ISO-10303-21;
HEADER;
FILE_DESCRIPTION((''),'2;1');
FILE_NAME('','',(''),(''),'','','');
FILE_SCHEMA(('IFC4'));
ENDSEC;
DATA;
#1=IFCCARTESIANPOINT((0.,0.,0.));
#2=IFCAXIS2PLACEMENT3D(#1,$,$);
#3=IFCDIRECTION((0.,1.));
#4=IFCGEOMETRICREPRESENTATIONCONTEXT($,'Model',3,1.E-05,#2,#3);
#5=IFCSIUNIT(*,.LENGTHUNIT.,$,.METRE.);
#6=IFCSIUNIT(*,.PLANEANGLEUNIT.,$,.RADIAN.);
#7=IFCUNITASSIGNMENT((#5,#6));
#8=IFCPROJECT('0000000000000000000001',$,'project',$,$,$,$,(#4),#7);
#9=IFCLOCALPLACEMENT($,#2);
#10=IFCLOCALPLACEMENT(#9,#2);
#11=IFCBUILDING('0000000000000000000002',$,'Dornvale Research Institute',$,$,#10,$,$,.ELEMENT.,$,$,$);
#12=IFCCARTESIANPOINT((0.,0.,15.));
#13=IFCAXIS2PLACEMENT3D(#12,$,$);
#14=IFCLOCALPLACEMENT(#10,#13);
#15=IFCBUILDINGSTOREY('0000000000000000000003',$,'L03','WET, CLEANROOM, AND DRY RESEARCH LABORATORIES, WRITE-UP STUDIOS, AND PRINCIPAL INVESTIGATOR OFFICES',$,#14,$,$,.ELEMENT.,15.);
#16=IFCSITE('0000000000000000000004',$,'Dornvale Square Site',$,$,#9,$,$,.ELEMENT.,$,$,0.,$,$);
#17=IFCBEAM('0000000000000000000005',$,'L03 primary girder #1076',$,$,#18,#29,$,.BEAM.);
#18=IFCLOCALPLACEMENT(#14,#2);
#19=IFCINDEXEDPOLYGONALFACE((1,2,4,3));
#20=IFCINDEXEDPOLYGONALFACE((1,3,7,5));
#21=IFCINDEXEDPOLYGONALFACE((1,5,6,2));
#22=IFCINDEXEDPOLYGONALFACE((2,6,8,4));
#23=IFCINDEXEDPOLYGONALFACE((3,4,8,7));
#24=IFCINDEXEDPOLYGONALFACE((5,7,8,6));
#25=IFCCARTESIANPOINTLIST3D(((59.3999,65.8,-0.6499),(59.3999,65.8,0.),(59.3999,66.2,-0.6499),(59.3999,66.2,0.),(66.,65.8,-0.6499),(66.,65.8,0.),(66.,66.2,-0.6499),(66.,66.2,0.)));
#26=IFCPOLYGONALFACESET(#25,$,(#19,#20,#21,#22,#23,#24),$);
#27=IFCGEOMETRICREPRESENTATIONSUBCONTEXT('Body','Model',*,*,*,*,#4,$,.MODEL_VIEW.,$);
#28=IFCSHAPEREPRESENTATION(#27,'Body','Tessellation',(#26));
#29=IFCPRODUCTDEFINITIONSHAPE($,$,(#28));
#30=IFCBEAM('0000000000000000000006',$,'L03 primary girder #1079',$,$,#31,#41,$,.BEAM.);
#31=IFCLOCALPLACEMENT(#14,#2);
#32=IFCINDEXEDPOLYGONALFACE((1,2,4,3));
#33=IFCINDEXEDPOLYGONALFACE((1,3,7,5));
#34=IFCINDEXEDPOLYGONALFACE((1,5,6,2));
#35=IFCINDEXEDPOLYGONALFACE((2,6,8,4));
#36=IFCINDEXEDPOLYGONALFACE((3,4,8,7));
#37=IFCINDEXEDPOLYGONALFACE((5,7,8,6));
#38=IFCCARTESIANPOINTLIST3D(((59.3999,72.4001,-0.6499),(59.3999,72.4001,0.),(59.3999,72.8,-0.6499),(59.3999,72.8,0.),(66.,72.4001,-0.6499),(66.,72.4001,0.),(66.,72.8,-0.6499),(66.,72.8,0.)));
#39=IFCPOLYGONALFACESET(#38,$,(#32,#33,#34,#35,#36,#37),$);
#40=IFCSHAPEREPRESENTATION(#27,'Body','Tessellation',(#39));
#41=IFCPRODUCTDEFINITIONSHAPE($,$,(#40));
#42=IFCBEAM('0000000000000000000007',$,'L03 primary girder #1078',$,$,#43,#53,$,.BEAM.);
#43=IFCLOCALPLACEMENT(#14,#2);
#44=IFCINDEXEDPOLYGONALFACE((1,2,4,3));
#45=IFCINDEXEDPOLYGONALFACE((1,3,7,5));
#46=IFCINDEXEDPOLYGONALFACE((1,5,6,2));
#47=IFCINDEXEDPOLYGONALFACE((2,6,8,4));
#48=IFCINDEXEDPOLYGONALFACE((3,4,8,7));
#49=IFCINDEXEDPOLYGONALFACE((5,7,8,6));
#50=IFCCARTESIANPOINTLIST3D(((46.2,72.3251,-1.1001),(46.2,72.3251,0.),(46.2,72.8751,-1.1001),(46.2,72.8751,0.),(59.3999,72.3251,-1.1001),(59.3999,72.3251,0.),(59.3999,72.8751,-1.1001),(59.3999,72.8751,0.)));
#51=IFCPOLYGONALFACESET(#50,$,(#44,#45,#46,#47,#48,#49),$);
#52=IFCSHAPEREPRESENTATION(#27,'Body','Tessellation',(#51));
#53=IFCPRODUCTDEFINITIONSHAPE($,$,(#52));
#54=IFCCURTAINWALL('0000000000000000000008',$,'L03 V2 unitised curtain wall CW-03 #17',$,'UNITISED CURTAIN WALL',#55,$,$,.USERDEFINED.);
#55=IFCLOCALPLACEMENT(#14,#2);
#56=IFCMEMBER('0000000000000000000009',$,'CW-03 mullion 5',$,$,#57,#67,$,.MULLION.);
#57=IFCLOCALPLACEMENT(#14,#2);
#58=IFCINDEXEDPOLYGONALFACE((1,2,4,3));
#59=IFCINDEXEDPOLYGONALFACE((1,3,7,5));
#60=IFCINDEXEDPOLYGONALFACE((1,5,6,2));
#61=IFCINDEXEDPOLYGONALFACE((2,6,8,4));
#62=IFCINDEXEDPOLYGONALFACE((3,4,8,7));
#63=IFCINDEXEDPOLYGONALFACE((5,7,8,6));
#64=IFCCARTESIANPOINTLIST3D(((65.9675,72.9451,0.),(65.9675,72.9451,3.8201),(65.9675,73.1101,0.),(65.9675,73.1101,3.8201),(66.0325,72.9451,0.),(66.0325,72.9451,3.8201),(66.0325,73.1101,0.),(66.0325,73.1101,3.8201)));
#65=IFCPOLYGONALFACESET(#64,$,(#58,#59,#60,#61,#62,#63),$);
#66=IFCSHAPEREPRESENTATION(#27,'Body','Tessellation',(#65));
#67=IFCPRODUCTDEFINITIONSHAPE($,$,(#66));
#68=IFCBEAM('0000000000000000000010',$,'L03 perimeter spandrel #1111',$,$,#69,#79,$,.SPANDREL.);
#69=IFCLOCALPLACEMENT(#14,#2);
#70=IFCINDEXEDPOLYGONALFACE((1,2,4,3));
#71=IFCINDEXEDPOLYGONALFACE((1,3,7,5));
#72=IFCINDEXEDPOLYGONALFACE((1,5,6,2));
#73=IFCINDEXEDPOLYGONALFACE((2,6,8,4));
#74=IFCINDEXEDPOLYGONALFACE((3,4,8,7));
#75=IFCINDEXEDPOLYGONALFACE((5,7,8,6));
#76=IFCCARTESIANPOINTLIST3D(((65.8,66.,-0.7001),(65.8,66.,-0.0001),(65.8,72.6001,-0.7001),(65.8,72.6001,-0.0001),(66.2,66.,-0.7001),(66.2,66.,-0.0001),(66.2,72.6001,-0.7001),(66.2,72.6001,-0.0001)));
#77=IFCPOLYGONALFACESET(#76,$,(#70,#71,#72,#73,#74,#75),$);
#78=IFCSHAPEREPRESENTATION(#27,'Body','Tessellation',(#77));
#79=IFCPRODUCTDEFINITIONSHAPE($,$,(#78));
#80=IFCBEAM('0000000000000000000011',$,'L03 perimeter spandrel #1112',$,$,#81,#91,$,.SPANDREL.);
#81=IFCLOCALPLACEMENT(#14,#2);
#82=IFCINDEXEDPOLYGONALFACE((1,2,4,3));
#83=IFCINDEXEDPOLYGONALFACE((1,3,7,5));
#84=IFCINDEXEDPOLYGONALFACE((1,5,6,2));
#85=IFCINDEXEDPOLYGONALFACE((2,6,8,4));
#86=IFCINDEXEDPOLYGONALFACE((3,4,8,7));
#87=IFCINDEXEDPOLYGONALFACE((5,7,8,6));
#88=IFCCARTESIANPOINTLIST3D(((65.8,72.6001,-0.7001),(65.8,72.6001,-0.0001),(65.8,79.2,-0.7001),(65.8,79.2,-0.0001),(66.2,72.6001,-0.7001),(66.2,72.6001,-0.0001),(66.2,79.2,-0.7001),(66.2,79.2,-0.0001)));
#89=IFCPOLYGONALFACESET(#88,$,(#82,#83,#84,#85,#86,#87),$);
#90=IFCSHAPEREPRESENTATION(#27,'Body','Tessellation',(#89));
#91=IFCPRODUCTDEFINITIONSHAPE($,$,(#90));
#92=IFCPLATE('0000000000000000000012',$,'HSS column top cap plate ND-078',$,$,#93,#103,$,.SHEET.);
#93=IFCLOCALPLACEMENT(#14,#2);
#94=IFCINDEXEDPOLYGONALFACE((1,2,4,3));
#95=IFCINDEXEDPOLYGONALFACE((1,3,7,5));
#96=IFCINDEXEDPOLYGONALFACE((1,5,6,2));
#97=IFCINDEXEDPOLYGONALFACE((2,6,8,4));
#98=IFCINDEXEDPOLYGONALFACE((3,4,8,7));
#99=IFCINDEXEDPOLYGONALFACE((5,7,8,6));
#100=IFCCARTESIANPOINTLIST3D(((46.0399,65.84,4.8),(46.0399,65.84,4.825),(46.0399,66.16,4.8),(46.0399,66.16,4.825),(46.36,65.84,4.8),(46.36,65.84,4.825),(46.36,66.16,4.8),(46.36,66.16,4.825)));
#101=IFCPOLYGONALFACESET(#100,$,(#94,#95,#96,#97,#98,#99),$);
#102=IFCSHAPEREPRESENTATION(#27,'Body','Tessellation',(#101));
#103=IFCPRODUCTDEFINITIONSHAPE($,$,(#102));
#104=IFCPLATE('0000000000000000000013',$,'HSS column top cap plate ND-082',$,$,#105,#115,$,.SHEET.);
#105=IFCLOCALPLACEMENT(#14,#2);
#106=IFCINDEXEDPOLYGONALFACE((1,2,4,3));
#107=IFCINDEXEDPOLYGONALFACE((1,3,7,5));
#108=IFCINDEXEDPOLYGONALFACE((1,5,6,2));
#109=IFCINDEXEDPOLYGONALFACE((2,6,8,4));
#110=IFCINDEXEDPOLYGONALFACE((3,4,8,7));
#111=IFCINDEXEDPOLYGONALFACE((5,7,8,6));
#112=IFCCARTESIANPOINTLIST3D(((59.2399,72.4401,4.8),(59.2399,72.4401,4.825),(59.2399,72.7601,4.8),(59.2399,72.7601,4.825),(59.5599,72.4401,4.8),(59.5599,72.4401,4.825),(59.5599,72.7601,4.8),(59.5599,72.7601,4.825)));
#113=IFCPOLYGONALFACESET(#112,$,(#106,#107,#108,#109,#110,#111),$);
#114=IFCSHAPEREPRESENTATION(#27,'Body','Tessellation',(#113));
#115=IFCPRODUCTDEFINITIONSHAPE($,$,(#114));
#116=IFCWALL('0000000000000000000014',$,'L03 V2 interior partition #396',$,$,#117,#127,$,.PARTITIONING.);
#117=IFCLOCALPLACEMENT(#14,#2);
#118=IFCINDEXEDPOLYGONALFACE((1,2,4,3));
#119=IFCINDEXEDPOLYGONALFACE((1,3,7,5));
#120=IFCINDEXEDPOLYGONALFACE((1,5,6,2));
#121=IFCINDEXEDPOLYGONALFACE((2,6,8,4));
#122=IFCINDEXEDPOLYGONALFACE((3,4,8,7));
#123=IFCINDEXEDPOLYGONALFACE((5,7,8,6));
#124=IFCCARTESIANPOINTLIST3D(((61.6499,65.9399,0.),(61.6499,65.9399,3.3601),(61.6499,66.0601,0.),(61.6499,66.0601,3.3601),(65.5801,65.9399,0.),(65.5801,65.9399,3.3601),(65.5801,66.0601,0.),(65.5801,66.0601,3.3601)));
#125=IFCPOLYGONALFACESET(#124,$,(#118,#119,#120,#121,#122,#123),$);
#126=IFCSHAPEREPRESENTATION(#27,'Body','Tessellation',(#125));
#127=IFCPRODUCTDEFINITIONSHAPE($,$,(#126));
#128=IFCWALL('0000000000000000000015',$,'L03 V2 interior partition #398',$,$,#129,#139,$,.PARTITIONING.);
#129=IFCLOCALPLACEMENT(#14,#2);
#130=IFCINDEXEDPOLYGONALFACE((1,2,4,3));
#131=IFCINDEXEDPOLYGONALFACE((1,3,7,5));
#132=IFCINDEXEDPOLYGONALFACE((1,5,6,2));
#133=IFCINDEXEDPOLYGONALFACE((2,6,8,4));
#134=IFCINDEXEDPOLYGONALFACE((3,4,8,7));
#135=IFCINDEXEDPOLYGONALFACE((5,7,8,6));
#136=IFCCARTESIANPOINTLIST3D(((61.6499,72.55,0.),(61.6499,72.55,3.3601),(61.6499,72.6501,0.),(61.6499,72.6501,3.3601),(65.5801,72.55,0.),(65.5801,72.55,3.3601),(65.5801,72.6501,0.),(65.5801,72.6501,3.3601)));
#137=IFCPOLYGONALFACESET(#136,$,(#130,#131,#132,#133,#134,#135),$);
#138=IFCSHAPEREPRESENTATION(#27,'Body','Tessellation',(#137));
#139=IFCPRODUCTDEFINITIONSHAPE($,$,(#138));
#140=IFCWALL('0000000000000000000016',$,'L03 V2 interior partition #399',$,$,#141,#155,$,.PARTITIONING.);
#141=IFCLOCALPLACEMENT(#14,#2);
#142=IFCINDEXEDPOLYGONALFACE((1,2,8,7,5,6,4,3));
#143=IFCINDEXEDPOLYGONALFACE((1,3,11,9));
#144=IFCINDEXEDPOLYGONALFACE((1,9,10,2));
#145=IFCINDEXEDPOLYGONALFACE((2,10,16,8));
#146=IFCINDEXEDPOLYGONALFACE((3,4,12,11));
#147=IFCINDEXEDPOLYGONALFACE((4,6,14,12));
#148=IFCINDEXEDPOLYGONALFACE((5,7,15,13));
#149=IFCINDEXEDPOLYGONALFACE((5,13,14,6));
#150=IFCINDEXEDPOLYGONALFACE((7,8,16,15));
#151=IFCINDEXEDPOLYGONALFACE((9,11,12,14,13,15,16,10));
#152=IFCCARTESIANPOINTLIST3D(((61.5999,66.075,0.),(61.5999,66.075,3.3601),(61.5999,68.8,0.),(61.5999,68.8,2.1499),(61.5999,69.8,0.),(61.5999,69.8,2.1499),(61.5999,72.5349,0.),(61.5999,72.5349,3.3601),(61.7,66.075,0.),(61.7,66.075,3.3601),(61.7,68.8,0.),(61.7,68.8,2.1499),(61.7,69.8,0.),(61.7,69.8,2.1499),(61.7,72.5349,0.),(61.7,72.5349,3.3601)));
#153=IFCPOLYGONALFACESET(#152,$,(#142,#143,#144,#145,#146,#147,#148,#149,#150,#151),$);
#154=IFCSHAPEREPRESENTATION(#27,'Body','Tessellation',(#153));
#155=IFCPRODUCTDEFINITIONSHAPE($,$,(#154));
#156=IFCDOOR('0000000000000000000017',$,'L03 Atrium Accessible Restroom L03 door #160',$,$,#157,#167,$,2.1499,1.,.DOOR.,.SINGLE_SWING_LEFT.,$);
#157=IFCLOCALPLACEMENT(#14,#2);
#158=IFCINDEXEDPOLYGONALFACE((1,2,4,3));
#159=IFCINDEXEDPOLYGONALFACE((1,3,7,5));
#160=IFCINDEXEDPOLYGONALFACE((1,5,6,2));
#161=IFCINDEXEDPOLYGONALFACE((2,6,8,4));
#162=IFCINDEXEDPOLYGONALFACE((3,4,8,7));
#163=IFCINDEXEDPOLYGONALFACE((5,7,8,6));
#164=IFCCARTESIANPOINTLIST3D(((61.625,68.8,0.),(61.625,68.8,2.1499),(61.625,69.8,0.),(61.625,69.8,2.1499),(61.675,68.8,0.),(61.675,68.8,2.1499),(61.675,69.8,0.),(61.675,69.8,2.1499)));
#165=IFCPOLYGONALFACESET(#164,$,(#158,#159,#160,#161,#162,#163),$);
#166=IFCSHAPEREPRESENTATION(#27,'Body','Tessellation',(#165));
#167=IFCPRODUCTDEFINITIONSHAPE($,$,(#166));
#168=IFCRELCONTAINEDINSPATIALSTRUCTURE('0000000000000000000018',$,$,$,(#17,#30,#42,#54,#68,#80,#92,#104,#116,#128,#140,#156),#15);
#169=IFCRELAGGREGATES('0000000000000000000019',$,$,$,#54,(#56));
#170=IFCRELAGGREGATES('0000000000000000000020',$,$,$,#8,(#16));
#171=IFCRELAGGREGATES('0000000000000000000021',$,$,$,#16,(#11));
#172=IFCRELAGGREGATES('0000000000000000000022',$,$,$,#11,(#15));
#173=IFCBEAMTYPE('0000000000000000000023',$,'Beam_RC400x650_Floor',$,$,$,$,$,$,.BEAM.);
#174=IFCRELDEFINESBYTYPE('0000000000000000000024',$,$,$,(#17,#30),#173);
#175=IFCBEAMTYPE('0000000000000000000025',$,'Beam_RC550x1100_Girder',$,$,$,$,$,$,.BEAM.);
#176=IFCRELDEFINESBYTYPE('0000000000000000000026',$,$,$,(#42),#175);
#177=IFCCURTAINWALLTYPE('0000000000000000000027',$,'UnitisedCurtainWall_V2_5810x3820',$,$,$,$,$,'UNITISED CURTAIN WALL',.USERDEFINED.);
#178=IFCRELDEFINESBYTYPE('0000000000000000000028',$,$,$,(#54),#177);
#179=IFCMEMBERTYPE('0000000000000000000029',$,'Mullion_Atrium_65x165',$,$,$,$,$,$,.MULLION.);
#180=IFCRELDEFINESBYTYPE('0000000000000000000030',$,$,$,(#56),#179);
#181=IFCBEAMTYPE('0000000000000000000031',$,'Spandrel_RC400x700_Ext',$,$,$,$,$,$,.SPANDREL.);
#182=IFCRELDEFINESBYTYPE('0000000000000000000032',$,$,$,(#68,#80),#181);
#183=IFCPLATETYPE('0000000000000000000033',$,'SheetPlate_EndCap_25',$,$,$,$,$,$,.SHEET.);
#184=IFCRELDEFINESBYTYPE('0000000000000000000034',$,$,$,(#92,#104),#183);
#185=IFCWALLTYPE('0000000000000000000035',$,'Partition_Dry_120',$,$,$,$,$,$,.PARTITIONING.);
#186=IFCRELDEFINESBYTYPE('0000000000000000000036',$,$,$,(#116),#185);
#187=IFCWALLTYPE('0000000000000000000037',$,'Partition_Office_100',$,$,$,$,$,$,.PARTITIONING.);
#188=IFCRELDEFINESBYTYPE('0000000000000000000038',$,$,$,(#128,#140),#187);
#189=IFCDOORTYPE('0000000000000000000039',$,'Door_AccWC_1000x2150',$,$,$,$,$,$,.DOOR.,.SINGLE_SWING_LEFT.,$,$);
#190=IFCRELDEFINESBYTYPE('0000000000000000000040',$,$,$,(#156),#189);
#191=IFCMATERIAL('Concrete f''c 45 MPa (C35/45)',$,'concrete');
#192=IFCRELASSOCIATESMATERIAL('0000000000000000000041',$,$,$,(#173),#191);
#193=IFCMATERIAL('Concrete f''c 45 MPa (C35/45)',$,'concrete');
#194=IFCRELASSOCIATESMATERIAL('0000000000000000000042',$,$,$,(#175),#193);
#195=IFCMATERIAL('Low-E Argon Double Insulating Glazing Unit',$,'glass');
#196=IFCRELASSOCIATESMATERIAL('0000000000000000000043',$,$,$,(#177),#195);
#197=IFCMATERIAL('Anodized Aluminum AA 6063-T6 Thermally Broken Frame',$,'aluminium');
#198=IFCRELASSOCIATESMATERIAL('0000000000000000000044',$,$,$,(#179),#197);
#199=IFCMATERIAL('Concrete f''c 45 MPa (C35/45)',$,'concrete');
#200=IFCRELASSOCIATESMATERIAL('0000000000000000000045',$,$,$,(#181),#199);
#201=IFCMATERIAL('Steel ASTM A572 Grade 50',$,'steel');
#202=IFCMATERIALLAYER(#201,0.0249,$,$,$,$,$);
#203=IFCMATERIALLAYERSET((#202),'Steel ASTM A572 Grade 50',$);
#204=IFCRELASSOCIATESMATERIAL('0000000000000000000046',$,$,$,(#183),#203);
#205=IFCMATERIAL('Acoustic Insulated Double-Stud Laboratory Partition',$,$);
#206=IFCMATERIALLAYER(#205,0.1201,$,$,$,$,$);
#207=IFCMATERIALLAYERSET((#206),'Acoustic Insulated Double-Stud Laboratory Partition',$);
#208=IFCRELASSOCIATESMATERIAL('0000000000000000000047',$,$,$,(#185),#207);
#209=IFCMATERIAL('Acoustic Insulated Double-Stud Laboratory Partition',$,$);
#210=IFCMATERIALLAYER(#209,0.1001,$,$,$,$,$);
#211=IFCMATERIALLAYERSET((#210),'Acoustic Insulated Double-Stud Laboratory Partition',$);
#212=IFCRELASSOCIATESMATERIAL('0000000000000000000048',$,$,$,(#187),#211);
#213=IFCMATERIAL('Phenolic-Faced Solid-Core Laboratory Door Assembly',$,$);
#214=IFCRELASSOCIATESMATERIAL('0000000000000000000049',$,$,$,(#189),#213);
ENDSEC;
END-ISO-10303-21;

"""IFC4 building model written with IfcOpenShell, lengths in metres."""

from ifc_helpers import new_model, si_unit, direction, frame, frame_2d, origin, origin_2d, place, context, subcontext, project, spatial, rectangle, extrude, material, layer, layer_set, material_profile, profile_set, type_object, element, fill, aggregate, save


model = new_model("IFC4")

# Units and contexts
model_context = context("Model", 3, precision=1e-05, world=origin(), true_north=direction((0.0, 1.0)))
body_context = subcontext(model_context, "Body", "Model", "MODEL_VIEW")
ifc_project = project(units=[si_unit("LENGTHUNIT", "METRE"), si_unit("PLANEANGLEUNIT", "RADIAN")], contexts=[model_context])

# Site, building, storey
site_placement = place(None, origin())
site = spatial("IfcSite", under=ifc_project, at=site_placement, Name="Dornvale Square Site", CompositionType="ELEMENT", RefElevation=0.0)
building_placement = place(site_placement, origin())
building = spatial("IfcBuilding", under=site, at=building_placement, Name="Dornvale Research Institute", CompositionType="ELEMENT")
storey_placement = place(building_placement, frame((0.0, 0.0, 15.0)))
storey = spatial("IfcBuildingStorey", under=building, at=storey_placement, Name="L03", Description="WET, CLEANROOM, AND DRY RESEARCH LABORATORIES, WRITE-UP STUDIOS, AND PRINCIPAL INVESTIGATOR OFFICES", CompositionType="ELEMENT", Elevation=15.0)

# Beams
ifc_material_1 = material(Name="Concrete f'c 45 MPa (C35/45)", Category="concrete")
ifc_material_profile_1 = material_profile(ifc_material_1, rectangle(XDim=0.3999, YDim=0.6499, at=origin_2d()), Name="RC 400x650")
ifc_profile_set_1 = profile_set([ifc_material_profile_1], Name="Concrete f'c 45 MPa (C35/45)")
beam_type_1 = type_object("IfcBeamType", Name="Beam_RC400x650_Floor", PredefinedType="BEAM", material=ifc_profile_set_1)
for number, where, z_axis, x_axis, name in (
    (1, (59.3999, 66.0, -0.325), (1.0, 0.0, 0.0), (0.0, 1.0, 0.0), "L03 primary girder #1076"),
    (2, (59.3999, 72.6001, -0.325), (1.0, 0.0, 0.0), (0.0, 1.0, 0.0), "L03 primary girder #1079"),
):
    element("IfcBeam", number, at=place(storey_placement, frame(where, z_axis=z_axis, x_axis=x_axis)), inside=storey, type_object=beam_type_1, Name=name, PredefinedType="BEAM", context=body_context, shape_type="SweptSolid", body=[
        extrude(rectangle(XDim=0.3999, YDim=0.6499, at=origin_2d()), origin(), (0.0, 0.0, 1.0), 6.6001),
    ])
ifc_material_2 = material(Name="Concrete f'c 45 MPa (C35/45)", Category="concrete")
ifc_material_profile_2 = material_profile(ifc_material_2, rectangle(XDim=0.55, YDim=1.1001, at=origin_2d()), Name="RC 550x1100")
ifc_profile_set_2 = profile_set([ifc_material_profile_2], Name="Concrete f'c 45 MPa (C35/45)")
beam_type_2 = type_object("IfcBeamType", Name="Beam_RC550x1100_Girder", PredefinedType="BEAM", material=ifc_profile_set_2)
beam_1_placement = place(storey_placement, frame((46.2, 72.6001, -0.55), z_axis=(1.0, 0.0, 0.0), x_axis=(0.0, 1.0, 0.0)))
element("IfcBeam", 3, at=beam_1_placement, inside=storey, type_object=beam_type_2, Name="L03 primary girder #1078", PredefinedType="BEAM", context=body_context, shape_type="SweptSolid", body=[
    extrude(rectangle(XDim=0.55, YDim=1.1001, at=origin_2d()), origin(), (0.0, 0.0, 1.0), 13.2),
])

# Curtain wall, member
ifc_material_3 = material(Name="Low-E Argon Double Insulating Glazing Unit", Category="glass")
curtain_wall_type = type_object("IfcCurtainWallType", Name="UnitisedCurtainWall_V2_5810x3820", ElementType="UNITISED CURTAIN WALL", PredefinedType="USERDEFINED", material=ifc_material_3)
curtain_wall_placement = place(storey_placement, origin())
curtain_wall = element("IfcCurtainWall", 4, at=curtain_wall_placement, inside=storey, type_object=curtain_wall_type, Name="L03 V2 unitised curtain wall CW-03 #17", ObjectType="UNITISED CURTAIN WALL", PredefinedType="USERDEFINED")
ifc_material_4 = material(Name="Anodized Aluminum AA 6063-T6 Thermally Broken Frame", Category="aluminium")
ifc_material_profile_3 = material_profile(ifc_material_4, rectangle(XDim=0.0649, YDim=0.165, at=origin_2d()), Name="ALU MULLION 65x165")
ifc_profile_set_3 = profile_set([ifc_material_profile_3], Name="Anodized Aluminum AA 6063-T6 Thermally Broken Frame")
member_type = type_object("IfcMemberType", Name="Mullion_Atrium_65x165", PredefinedType="MULLION", material=ifc_profile_set_3)
member_placement = place(storey_placement, frame((66.0, 73.0276, 0.0), z_axis=(0.0, 0.0, 1.0), x_axis=(1.0, 0.0, 0.0)))
member = element("IfcMember", 5, at=member_placement, type_object=member_type, Name="CW-03 mullion 5", PredefinedType="MULLION", context=body_context, shape_type="SweptSolid", body=[
    extrude(rectangle(XDim=0.0649, YDim=0.165, at=origin_2d()), origin(), (0.0, 0.0, 1.0), 3.8201),
])
aggregate(curtain_wall, [member])

# Beams
ifc_material_5 = material(Name="Concrete f'c 45 MPa (C35/45)", Category="concrete")
ifc_material_profile_4 = material_profile(ifc_material_5, rectangle(XDim=0.3999, YDim=0.7, at=origin_2d()), Name="RC 400x700")
ifc_profile_set_4 = profile_set([ifc_material_profile_4], Name="Concrete f'c 45 MPa (C35/45)")
beam_type_3 = type_object("IfcBeamType", Name="Spandrel_RC400x700_Ext", PredefinedType="SPANDREL", material=ifc_profile_set_4)
beam_2_placement = place(storey_placement, frame((66.0, 66.0, -0.3501), z_axis=(0.0, 1.0, 0.0), x_axis=(-1.0, 0.0, 0.0)))
element("IfcBeam", 6, at=beam_2_placement, inside=storey, type_object=beam_type_3, Name="L03 perimeter spandrel #1111", PredefinedType="SPANDREL", context=body_context, shape_type="SweptSolid", body=[
    extrude(rectangle(XDim=0.3999, YDim=0.7, at=origin_2d()), origin(), (0.0, 0.0, 1.0), 6.6001),
])
beam_3_placement = place(storey_placement, frame((66.0, 72.6001, -0.3501), z_axis=(0.0, 1.0, 0.0), x_axis=(-1.0, 0.0, 0.0)))
element("IfcBeam", 7, at=beam_3_placement, inside=storey, type_object=beam_type_3, Name="L03 perimeter spandrel #1112", PredefinedType="SPANDREL", context=body_context, shape_type="SweptSolid", body=[
    extrude(rectangle(XDim=0.3999, YDim=0.7, at=origin_2d()), origin(), (0.0, 0.0, 1.0), 6.5999),
])

# Plates
ifc_material_6 = material(Name="Steel ASTM A572 Grade 50", Category="steel")
ifc_layer_1 = layer(ifc_material_6, 0.0249)
ifc_layer_set_1 = layer_set([ifc_layer_1], Name="Steel ASTM A572 Grade 50")
plate_type = type_object("IfcPlateType", Name="SheetPlate_EndCap_25", PredefinedType="SHEET", material=ifc_layer_set_1)
for number, where, z_axis, x_axis, name in (
    (8, (46.2, 66.0, 4.8), (0.0, 0.0, 1.0), (1.0, 0.0, 0.0), "HSS column top cap plate ND-078"),
    (9, (59.3999, 72.6001, 4.8), (0.0, 0.0, 1.0), (1.0, 0.0, 0.0), "HSS column top cap plate ND-082"),
):
    element("IfcPlate", number, at=place(storey_placement, frame(where, z_axis=z_axis, x_axis=x_axis)), inside=storey, type_object=plate_type, Name=name, PredefinedType="SHEET", context=body_context, shape_type="SweptSolid", body=[
        extrude(rectangle(XDim=0.3201, YDim=0.3201, at=origin_2d()), origin(), (0.0, 0.0, 1.0), 0.0249),
    ])

# Walls
ifc_material_7 = material(Name="Acoustic Insulated Double-Stud Laboratory Partition")
ifc_layer_2 = layer(ifc_material_7, 0.1201)
ifc_layer_set_2 = layer_set([ifc_layer_2], Name="Acoustic Insulated Double-Stud Laboratory Partition")
wall_type_1 = type_object("IfcWallType", Name="Partition_Dry_120", PredefinedType="PARTITIONING", material=ifc_layer_set_2)
wall_1_placement = place(storey_placement, frame((61.6499, 66.0, 0.0), z_axis=(0.0, 0.0, 1.0), x_axis=(1.0, 0.0, 0.0)))
element("IfcWall", 10, at=wall_1_placement, inside=storey, type_object=wall_type_1, Name="L03 V2 interior partition #396", PredefinedType="PARTITIONING", context=body_context, shape_type="SweptSolid", body=[
    extrude(rectangle(XDim=3.9302, YDim=0.1201, at=frame_2d((1.9651, 0.0))), origin(), (0.0, 0.0, 1.0), 3.3601),
])
ifc_material_8 = material(Name="Acoustic Insulated Double-Stud Laboratory Partition")
ifc_layer_3 = layer(ifc_material_8, 0.1001)
ifc_layer_set_3 = layer_set([ifc_layer_3], Name="Acoustic Insulated Double-Stud Laboratory Partition")
wall_type_2 = type_object("IfcWallType", Name="Partition_Office_100", PredefinedType="PARTITIONING", material=ifc_layer_set_3)
wall_2_placement = place(storey_placement, frame((61.6499, 72.6001, 0.0), z_axis=(0.0, 0.0, 1.0), x_axis=(1.0, 0.0, 0.0)))
element("IfcWall", 11, at=wall_2_placement, inside=storey, type_object=wall_type_2, Name="L03 V2 interior partition #398", PredefinedType="PARTITIONING", context=body_context, shape_type="SweptSolid", body=[
    extrude(rectangle(XDim=3.9302, YDim=0.1001, at=frame_2d((1.9651, 0.0))), origin(), (0.0, 0.0, 1.0), 3.3601),
])

# Wall, opening, door
wall_3_placement = place(storey_placement, frame((61.6499, 66.075, 0.0), z_axis=(0.0, 0.0, 1.0), x_axis=(0.0, 1.0, 0.0)))
wall_3 = element("IfcWall", 12, at=wall_3_placement, inside=storey, type_object=wall_type_2, Name="L03 V2 interior partition #399", PredefinedType="PARTITIONING", context=body_context, shape_type="SweptSolid", body=[
    extrude(rectangle(XDim=6.46, YDim=0.1001, at=frame_2d((3.23, 0.0))), origin(), (0.0, 0.0, 1.0), 3.3601),
])
opening_1_placement = place(wall_3_placement, frame((2.7251, 0.0, 0.0)))
opening_1 = element("IfcOpeningElement", 13, at=opening_1_placement, cuts=wall_3, PredefinedType="OPENING", context=body_context, shape_type="SweptSolid", body=[
    extrude(rectangle(XDim=1.0, YDim=2.1499, at=frame_2d((0.5, 1.075))), frame((0.0, 0.0649, 0.0), z_axis=(0.0, -1.0, 0.0), x_axis=(1.0, 0.0, 0.0)), (0.0, 0.0, 1.0), 0.1301),
])
ifc_material_9 = material(Name="Phenolic-Faced Solid-Core Laboratory Door Assembly")
door_type = type_object("IfcDoorType", Name="Door_AccWC_1000x2150", OperationType="SINGLE_SWING_LEFT", PredefinedType="DOOR", material=ifc_material_9)
door_placement = place(opening_1_placement, origin())
door = element("IfcDoor", 14, at=door_placement, inside=storey, type_object=door_type, Name="L03 Atrium Accessible Restroom L03 door #160", OperationType="SINGLE_SWING_LEFT", OverallHeight=2.1499, OverallWidth=1.0, PredefinedType="DOOR", context=body_context, shape_type="SweptSolid", body=[
    extrude(rectangle(XDim=1.0, YDim=2.1499, at=frame_2d((0.5, 1.075))), frame((0.0, 0.0249, 0.0), z_axis=(0.0, -1.0, 0.0), x_axis=(1.0, 0.0, 0.0)), (0.0, 0.0, 1.0), 0.05),
])
fill(opening_1, door)

save(model, "model.ifc")
